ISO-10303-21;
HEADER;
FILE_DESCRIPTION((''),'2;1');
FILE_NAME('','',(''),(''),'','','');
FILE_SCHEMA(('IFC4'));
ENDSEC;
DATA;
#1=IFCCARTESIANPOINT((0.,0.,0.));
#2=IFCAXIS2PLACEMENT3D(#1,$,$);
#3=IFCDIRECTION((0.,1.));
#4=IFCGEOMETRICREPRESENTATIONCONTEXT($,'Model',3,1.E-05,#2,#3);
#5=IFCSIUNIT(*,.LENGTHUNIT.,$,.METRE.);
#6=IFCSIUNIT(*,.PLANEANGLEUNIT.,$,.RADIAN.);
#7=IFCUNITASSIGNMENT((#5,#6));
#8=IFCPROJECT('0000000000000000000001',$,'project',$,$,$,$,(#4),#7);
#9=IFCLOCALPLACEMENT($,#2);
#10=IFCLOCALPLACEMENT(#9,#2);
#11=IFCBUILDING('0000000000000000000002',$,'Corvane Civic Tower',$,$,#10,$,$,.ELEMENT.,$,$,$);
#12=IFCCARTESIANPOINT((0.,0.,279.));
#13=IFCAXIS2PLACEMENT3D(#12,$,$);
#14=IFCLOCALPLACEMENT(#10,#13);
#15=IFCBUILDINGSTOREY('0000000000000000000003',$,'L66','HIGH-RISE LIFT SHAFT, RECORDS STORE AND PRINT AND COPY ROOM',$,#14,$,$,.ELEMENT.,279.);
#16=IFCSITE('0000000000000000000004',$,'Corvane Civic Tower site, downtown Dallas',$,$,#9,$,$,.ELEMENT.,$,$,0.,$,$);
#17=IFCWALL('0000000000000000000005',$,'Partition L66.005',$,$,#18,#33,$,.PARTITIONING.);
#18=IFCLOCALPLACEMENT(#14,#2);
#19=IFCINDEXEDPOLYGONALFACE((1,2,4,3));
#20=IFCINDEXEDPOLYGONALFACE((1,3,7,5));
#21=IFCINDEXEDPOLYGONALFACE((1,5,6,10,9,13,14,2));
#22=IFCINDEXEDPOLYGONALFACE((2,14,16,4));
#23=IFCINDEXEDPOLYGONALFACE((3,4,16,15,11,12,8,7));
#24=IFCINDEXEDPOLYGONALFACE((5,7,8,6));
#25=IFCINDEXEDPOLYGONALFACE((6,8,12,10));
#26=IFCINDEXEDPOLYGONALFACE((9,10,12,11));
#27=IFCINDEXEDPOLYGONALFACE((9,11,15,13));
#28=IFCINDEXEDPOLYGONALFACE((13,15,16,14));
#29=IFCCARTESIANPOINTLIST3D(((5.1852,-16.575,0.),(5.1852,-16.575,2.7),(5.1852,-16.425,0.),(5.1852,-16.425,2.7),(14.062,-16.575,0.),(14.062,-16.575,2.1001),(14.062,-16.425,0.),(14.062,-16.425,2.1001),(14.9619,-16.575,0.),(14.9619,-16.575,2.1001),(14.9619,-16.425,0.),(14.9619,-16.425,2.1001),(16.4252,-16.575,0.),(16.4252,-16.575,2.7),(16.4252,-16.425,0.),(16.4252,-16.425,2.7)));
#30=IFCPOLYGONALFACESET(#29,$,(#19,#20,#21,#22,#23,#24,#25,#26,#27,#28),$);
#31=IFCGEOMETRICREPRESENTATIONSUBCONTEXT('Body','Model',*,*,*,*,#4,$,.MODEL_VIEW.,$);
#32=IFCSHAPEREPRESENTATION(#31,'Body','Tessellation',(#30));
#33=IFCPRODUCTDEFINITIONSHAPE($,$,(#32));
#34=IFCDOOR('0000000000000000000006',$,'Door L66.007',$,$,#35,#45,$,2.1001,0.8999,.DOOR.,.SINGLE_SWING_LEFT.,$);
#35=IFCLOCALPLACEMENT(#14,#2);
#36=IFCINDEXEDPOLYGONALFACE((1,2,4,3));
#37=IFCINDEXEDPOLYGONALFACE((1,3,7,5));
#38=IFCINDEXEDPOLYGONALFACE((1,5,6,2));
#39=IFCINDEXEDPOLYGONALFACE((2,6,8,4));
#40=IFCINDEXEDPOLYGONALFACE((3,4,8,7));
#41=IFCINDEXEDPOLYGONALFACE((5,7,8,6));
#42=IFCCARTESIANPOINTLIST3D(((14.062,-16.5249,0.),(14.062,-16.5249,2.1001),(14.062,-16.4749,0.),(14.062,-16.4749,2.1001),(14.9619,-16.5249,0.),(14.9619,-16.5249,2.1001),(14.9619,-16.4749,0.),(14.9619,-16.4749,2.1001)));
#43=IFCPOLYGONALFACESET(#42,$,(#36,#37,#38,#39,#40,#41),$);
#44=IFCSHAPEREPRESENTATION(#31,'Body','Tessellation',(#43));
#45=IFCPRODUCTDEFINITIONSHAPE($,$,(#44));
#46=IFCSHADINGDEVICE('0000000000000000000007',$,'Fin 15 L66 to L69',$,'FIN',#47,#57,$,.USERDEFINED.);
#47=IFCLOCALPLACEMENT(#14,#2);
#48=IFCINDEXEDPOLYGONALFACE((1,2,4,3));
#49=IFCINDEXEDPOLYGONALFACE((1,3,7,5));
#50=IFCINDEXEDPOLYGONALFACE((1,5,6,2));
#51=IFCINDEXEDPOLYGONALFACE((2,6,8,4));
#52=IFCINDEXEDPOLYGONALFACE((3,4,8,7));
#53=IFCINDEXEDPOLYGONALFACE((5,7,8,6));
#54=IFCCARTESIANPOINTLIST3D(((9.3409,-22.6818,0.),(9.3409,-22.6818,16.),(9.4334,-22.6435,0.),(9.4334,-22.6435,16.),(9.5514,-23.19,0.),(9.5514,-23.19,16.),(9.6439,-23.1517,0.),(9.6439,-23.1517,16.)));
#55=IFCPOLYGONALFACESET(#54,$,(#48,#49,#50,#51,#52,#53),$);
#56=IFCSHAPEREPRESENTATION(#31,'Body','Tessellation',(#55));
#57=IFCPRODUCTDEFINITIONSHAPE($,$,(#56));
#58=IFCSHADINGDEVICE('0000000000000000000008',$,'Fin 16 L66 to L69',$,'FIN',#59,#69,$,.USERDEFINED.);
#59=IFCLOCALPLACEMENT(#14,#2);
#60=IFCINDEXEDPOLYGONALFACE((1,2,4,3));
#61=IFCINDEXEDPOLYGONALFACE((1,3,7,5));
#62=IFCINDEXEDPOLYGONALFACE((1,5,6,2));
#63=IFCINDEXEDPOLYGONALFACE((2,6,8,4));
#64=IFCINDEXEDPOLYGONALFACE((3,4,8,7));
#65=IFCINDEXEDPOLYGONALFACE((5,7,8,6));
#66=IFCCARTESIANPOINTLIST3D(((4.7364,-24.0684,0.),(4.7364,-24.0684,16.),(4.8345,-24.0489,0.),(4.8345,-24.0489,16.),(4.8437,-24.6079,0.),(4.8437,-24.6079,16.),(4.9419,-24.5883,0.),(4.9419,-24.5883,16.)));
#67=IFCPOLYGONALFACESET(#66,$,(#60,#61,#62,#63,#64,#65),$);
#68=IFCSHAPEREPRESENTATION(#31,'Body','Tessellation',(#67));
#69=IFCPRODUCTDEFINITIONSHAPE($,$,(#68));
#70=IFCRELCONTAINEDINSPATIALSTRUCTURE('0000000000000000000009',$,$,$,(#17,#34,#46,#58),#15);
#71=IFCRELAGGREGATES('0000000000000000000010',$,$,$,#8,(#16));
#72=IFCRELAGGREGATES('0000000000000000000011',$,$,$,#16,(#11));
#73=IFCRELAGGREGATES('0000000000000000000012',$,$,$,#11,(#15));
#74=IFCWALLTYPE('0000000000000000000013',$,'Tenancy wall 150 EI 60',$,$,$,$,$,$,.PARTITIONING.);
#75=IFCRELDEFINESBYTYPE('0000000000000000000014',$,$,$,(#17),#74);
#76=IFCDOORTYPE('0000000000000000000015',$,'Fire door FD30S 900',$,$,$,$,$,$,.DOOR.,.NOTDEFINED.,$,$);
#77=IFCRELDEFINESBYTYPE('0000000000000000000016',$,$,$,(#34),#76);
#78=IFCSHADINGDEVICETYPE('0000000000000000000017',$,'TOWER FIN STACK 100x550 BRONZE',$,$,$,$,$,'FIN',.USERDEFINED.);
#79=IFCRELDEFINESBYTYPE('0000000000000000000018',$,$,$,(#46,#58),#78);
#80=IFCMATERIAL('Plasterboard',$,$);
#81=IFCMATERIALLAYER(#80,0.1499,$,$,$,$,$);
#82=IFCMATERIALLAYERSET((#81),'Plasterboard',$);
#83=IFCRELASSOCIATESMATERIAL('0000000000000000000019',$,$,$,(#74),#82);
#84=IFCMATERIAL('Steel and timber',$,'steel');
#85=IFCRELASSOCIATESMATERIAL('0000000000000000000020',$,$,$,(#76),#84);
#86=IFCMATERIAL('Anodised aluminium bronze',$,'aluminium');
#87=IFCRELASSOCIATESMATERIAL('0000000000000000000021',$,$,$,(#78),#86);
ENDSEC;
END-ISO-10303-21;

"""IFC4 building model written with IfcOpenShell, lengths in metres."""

from ifc_helpers import new_model, si_unit, direction, frame, frame_2d, origin, origin_2d, place, context, subcontext, project, spatial, rectangle, extrude, material, layer, layer_set, material_profile, profile_set, type_object, element, fill, save


model = new_model("IFC4")

# Units and contexts
model_context = context("Model", 3, precision=1e-05, world=origin(), true_north=direction((0.0, 1.0)))
body_context = subcontext(model_context, "Body", "Model", "MODEL_VIEW")
ifc_project = project(units=[si_unit("LENGTHUNIT", "METRE"), si_unit("PLANEANGLEUNIT", "RADIAN")], contexts=[model_context])

# Site, building, storey
site_placement = place(None, origin())
site = spatial("IfcSite", under=ifc_project, at=site_placement, Name="Corvane Civic Tower site, downtown Dallas", CompositionType="ELEMENT", RefElevation=0.0)
building_placement = place(site_placement, origin())
building = spatial("IfcBuilding", under=site, at=building_placement, Name="Corvane Civic Tower", CompositionType="ELEMENT")
storey_placement = place(building_placement, frame((0.0, 0.0, 279.0)))
storey = spatial("IfcBuildingStorey", under=building, at=storey_placement, Name="L66", Description="HIGH-RISE LIFT SHAFT, RECORDS STORE AND PRINT AND COPY ROOM", CompositionType="ELEMENT", Elevation=279.0)

# Wall, opening, door
ifc_material_1 = material(Name="Plasterboard")
ifc_layer_1 = layer(ifc_material_1, 0.1499)
ifc_layer_set_1 = layer_set([ifc_layer_1], Name="Plasterboard")
wall_type_1 = type_object("IfcWallType", Name="Tenancy wall 150 EI 60", PredefinedType="PARTITIONING", material=ifc_layer_set_1)
wall_1_placement = place(storey_placement, frame((5.1851, -16.5, 0.0), z_axis=(0.0, 0.0, 1.0), x_axis=(1.0, 0.0, 0.0)))
wall_1 = element("IfcWall", 1, at=wall_1_placement, inside=storey, type_object=wall_type_1, Name="Partition L66.005", PredefinedType="PARTITIONING", context=body_context, shape_type="SweptSolid", body=[
    extrude(rectangle(XDim=11.24, YDim=0.1499, at=frame_2d((5.6201, 0.0))), origin(), (0.0, 0.0, 1.0), 2.7),
])
opening_1_placement = place(wall_1_placement, frame((8.877, 0.0, 0.0)))
opening_1 = element("IfcOpeningElement", 2, at=opening_1_placement, cuts=wall_1, PredefinedType="OPENING", context=body_context, shape_type="SweptSolid", body=[
    extrude(rectangle(XDim=0.8999, YDim=2.1001, at=frame_2d((0.45, 1.05))), frame((0.0, 0.085, 0.0), z_axis=(0.0, -1.0, 0.0), x_axis=(1.0, 0.0, 0.0)), (0.0, 0.0, 1.0), 0.1699),
])
ifc_material_2 = material(Name="Steel and timber", Category="steel")
door_type_1 = type_object("IfcDoorType", Name="Fire door FD30S 900", OperationType="NOTDEFINED", PredefinedType="DOOR", material=ifc_material_2)
door_1_placement = place(opening_1_placement, frame((0.8999, 0.0, 0.0), z_axis=(0.0, 0.0, 1.0), x_axis=(-1.0, 0.0, 0.0)))
door_1 = element("IfcDoor", 3, at=door_1_placement, inside=storey, type_object=door_type_1, Name="Door L66.007", OperationType="SINGLE_SWING_LEFT", OverallHeight=2.1001, OverallWidth=0.8999, PredefinedType="DOOR", context=body_context, shape_type="SweptSolid", body=[
    extrude(rectangle(XDim=0.8999, YDim=2.1001, at=frame_2d((0.45, 1.05))), frame((0.0, 0.0249, 0.0), z_axis=(0.0, -1.0, 0.0), x_axis=(1.0, 0.0, 0.0)), (0.0, 0.0, 1.0), 0.05),
])
fill(opening_1, door_1)

# Shading devices
ifc_material_3 = material(Name="Anodised aluminium bronze", Category="aluminium")
ifc_material_profile_1 = material_profile(ifc_material_3, rectangle(XDim=0.1001, YDim=0.55, at=origin_2d()), Name="TOWER FIN STACK 100x550 BRONZE")
ifc_profile_set_1 = profile_set([ifc_material_profile_1], Name="Anodised aluminium bronze")
shading_device_type = type_object("IfcShadingDeviceType", Name="TOWER FIN STACK 100x550 BRONZE", ElementType="FIN", PredefinedType="USERDEFINED", material=ifc_profile_set_1)
for number, where, z_axis, x_axis, name in (
    (4, (9.4924, -22.9167, 0.0), (0.0, 0.0, 1.0), (-0.92388, -0.382683, 0.0), "Fin 15 L66 to L69"),
    (5, (4.8391, -24.3284, 0.0), (0.0, 0.0, 1.0), (-0.980785, -0.19509, 0.0), "Fin 16 L66 to L69"),
):
    element("IfcShadingDevice", number, at=place(storey_placement, frame(where, z_axis=z_axis, x_axis=x_axis)), inside=storey, type_object=shading_device_type, Name=name, ObjectType="FIN", PredefinedType="USERDEFINED", context=body_context, shape_type="SweptSolid", body=[
        extrude(rectangle(XDim=0.1001, YDim=0.55, at=origin_2d()), origin(), (0.0, 0.0, 1.0), 16.0),
    ])

save(model, "model.ifc")
